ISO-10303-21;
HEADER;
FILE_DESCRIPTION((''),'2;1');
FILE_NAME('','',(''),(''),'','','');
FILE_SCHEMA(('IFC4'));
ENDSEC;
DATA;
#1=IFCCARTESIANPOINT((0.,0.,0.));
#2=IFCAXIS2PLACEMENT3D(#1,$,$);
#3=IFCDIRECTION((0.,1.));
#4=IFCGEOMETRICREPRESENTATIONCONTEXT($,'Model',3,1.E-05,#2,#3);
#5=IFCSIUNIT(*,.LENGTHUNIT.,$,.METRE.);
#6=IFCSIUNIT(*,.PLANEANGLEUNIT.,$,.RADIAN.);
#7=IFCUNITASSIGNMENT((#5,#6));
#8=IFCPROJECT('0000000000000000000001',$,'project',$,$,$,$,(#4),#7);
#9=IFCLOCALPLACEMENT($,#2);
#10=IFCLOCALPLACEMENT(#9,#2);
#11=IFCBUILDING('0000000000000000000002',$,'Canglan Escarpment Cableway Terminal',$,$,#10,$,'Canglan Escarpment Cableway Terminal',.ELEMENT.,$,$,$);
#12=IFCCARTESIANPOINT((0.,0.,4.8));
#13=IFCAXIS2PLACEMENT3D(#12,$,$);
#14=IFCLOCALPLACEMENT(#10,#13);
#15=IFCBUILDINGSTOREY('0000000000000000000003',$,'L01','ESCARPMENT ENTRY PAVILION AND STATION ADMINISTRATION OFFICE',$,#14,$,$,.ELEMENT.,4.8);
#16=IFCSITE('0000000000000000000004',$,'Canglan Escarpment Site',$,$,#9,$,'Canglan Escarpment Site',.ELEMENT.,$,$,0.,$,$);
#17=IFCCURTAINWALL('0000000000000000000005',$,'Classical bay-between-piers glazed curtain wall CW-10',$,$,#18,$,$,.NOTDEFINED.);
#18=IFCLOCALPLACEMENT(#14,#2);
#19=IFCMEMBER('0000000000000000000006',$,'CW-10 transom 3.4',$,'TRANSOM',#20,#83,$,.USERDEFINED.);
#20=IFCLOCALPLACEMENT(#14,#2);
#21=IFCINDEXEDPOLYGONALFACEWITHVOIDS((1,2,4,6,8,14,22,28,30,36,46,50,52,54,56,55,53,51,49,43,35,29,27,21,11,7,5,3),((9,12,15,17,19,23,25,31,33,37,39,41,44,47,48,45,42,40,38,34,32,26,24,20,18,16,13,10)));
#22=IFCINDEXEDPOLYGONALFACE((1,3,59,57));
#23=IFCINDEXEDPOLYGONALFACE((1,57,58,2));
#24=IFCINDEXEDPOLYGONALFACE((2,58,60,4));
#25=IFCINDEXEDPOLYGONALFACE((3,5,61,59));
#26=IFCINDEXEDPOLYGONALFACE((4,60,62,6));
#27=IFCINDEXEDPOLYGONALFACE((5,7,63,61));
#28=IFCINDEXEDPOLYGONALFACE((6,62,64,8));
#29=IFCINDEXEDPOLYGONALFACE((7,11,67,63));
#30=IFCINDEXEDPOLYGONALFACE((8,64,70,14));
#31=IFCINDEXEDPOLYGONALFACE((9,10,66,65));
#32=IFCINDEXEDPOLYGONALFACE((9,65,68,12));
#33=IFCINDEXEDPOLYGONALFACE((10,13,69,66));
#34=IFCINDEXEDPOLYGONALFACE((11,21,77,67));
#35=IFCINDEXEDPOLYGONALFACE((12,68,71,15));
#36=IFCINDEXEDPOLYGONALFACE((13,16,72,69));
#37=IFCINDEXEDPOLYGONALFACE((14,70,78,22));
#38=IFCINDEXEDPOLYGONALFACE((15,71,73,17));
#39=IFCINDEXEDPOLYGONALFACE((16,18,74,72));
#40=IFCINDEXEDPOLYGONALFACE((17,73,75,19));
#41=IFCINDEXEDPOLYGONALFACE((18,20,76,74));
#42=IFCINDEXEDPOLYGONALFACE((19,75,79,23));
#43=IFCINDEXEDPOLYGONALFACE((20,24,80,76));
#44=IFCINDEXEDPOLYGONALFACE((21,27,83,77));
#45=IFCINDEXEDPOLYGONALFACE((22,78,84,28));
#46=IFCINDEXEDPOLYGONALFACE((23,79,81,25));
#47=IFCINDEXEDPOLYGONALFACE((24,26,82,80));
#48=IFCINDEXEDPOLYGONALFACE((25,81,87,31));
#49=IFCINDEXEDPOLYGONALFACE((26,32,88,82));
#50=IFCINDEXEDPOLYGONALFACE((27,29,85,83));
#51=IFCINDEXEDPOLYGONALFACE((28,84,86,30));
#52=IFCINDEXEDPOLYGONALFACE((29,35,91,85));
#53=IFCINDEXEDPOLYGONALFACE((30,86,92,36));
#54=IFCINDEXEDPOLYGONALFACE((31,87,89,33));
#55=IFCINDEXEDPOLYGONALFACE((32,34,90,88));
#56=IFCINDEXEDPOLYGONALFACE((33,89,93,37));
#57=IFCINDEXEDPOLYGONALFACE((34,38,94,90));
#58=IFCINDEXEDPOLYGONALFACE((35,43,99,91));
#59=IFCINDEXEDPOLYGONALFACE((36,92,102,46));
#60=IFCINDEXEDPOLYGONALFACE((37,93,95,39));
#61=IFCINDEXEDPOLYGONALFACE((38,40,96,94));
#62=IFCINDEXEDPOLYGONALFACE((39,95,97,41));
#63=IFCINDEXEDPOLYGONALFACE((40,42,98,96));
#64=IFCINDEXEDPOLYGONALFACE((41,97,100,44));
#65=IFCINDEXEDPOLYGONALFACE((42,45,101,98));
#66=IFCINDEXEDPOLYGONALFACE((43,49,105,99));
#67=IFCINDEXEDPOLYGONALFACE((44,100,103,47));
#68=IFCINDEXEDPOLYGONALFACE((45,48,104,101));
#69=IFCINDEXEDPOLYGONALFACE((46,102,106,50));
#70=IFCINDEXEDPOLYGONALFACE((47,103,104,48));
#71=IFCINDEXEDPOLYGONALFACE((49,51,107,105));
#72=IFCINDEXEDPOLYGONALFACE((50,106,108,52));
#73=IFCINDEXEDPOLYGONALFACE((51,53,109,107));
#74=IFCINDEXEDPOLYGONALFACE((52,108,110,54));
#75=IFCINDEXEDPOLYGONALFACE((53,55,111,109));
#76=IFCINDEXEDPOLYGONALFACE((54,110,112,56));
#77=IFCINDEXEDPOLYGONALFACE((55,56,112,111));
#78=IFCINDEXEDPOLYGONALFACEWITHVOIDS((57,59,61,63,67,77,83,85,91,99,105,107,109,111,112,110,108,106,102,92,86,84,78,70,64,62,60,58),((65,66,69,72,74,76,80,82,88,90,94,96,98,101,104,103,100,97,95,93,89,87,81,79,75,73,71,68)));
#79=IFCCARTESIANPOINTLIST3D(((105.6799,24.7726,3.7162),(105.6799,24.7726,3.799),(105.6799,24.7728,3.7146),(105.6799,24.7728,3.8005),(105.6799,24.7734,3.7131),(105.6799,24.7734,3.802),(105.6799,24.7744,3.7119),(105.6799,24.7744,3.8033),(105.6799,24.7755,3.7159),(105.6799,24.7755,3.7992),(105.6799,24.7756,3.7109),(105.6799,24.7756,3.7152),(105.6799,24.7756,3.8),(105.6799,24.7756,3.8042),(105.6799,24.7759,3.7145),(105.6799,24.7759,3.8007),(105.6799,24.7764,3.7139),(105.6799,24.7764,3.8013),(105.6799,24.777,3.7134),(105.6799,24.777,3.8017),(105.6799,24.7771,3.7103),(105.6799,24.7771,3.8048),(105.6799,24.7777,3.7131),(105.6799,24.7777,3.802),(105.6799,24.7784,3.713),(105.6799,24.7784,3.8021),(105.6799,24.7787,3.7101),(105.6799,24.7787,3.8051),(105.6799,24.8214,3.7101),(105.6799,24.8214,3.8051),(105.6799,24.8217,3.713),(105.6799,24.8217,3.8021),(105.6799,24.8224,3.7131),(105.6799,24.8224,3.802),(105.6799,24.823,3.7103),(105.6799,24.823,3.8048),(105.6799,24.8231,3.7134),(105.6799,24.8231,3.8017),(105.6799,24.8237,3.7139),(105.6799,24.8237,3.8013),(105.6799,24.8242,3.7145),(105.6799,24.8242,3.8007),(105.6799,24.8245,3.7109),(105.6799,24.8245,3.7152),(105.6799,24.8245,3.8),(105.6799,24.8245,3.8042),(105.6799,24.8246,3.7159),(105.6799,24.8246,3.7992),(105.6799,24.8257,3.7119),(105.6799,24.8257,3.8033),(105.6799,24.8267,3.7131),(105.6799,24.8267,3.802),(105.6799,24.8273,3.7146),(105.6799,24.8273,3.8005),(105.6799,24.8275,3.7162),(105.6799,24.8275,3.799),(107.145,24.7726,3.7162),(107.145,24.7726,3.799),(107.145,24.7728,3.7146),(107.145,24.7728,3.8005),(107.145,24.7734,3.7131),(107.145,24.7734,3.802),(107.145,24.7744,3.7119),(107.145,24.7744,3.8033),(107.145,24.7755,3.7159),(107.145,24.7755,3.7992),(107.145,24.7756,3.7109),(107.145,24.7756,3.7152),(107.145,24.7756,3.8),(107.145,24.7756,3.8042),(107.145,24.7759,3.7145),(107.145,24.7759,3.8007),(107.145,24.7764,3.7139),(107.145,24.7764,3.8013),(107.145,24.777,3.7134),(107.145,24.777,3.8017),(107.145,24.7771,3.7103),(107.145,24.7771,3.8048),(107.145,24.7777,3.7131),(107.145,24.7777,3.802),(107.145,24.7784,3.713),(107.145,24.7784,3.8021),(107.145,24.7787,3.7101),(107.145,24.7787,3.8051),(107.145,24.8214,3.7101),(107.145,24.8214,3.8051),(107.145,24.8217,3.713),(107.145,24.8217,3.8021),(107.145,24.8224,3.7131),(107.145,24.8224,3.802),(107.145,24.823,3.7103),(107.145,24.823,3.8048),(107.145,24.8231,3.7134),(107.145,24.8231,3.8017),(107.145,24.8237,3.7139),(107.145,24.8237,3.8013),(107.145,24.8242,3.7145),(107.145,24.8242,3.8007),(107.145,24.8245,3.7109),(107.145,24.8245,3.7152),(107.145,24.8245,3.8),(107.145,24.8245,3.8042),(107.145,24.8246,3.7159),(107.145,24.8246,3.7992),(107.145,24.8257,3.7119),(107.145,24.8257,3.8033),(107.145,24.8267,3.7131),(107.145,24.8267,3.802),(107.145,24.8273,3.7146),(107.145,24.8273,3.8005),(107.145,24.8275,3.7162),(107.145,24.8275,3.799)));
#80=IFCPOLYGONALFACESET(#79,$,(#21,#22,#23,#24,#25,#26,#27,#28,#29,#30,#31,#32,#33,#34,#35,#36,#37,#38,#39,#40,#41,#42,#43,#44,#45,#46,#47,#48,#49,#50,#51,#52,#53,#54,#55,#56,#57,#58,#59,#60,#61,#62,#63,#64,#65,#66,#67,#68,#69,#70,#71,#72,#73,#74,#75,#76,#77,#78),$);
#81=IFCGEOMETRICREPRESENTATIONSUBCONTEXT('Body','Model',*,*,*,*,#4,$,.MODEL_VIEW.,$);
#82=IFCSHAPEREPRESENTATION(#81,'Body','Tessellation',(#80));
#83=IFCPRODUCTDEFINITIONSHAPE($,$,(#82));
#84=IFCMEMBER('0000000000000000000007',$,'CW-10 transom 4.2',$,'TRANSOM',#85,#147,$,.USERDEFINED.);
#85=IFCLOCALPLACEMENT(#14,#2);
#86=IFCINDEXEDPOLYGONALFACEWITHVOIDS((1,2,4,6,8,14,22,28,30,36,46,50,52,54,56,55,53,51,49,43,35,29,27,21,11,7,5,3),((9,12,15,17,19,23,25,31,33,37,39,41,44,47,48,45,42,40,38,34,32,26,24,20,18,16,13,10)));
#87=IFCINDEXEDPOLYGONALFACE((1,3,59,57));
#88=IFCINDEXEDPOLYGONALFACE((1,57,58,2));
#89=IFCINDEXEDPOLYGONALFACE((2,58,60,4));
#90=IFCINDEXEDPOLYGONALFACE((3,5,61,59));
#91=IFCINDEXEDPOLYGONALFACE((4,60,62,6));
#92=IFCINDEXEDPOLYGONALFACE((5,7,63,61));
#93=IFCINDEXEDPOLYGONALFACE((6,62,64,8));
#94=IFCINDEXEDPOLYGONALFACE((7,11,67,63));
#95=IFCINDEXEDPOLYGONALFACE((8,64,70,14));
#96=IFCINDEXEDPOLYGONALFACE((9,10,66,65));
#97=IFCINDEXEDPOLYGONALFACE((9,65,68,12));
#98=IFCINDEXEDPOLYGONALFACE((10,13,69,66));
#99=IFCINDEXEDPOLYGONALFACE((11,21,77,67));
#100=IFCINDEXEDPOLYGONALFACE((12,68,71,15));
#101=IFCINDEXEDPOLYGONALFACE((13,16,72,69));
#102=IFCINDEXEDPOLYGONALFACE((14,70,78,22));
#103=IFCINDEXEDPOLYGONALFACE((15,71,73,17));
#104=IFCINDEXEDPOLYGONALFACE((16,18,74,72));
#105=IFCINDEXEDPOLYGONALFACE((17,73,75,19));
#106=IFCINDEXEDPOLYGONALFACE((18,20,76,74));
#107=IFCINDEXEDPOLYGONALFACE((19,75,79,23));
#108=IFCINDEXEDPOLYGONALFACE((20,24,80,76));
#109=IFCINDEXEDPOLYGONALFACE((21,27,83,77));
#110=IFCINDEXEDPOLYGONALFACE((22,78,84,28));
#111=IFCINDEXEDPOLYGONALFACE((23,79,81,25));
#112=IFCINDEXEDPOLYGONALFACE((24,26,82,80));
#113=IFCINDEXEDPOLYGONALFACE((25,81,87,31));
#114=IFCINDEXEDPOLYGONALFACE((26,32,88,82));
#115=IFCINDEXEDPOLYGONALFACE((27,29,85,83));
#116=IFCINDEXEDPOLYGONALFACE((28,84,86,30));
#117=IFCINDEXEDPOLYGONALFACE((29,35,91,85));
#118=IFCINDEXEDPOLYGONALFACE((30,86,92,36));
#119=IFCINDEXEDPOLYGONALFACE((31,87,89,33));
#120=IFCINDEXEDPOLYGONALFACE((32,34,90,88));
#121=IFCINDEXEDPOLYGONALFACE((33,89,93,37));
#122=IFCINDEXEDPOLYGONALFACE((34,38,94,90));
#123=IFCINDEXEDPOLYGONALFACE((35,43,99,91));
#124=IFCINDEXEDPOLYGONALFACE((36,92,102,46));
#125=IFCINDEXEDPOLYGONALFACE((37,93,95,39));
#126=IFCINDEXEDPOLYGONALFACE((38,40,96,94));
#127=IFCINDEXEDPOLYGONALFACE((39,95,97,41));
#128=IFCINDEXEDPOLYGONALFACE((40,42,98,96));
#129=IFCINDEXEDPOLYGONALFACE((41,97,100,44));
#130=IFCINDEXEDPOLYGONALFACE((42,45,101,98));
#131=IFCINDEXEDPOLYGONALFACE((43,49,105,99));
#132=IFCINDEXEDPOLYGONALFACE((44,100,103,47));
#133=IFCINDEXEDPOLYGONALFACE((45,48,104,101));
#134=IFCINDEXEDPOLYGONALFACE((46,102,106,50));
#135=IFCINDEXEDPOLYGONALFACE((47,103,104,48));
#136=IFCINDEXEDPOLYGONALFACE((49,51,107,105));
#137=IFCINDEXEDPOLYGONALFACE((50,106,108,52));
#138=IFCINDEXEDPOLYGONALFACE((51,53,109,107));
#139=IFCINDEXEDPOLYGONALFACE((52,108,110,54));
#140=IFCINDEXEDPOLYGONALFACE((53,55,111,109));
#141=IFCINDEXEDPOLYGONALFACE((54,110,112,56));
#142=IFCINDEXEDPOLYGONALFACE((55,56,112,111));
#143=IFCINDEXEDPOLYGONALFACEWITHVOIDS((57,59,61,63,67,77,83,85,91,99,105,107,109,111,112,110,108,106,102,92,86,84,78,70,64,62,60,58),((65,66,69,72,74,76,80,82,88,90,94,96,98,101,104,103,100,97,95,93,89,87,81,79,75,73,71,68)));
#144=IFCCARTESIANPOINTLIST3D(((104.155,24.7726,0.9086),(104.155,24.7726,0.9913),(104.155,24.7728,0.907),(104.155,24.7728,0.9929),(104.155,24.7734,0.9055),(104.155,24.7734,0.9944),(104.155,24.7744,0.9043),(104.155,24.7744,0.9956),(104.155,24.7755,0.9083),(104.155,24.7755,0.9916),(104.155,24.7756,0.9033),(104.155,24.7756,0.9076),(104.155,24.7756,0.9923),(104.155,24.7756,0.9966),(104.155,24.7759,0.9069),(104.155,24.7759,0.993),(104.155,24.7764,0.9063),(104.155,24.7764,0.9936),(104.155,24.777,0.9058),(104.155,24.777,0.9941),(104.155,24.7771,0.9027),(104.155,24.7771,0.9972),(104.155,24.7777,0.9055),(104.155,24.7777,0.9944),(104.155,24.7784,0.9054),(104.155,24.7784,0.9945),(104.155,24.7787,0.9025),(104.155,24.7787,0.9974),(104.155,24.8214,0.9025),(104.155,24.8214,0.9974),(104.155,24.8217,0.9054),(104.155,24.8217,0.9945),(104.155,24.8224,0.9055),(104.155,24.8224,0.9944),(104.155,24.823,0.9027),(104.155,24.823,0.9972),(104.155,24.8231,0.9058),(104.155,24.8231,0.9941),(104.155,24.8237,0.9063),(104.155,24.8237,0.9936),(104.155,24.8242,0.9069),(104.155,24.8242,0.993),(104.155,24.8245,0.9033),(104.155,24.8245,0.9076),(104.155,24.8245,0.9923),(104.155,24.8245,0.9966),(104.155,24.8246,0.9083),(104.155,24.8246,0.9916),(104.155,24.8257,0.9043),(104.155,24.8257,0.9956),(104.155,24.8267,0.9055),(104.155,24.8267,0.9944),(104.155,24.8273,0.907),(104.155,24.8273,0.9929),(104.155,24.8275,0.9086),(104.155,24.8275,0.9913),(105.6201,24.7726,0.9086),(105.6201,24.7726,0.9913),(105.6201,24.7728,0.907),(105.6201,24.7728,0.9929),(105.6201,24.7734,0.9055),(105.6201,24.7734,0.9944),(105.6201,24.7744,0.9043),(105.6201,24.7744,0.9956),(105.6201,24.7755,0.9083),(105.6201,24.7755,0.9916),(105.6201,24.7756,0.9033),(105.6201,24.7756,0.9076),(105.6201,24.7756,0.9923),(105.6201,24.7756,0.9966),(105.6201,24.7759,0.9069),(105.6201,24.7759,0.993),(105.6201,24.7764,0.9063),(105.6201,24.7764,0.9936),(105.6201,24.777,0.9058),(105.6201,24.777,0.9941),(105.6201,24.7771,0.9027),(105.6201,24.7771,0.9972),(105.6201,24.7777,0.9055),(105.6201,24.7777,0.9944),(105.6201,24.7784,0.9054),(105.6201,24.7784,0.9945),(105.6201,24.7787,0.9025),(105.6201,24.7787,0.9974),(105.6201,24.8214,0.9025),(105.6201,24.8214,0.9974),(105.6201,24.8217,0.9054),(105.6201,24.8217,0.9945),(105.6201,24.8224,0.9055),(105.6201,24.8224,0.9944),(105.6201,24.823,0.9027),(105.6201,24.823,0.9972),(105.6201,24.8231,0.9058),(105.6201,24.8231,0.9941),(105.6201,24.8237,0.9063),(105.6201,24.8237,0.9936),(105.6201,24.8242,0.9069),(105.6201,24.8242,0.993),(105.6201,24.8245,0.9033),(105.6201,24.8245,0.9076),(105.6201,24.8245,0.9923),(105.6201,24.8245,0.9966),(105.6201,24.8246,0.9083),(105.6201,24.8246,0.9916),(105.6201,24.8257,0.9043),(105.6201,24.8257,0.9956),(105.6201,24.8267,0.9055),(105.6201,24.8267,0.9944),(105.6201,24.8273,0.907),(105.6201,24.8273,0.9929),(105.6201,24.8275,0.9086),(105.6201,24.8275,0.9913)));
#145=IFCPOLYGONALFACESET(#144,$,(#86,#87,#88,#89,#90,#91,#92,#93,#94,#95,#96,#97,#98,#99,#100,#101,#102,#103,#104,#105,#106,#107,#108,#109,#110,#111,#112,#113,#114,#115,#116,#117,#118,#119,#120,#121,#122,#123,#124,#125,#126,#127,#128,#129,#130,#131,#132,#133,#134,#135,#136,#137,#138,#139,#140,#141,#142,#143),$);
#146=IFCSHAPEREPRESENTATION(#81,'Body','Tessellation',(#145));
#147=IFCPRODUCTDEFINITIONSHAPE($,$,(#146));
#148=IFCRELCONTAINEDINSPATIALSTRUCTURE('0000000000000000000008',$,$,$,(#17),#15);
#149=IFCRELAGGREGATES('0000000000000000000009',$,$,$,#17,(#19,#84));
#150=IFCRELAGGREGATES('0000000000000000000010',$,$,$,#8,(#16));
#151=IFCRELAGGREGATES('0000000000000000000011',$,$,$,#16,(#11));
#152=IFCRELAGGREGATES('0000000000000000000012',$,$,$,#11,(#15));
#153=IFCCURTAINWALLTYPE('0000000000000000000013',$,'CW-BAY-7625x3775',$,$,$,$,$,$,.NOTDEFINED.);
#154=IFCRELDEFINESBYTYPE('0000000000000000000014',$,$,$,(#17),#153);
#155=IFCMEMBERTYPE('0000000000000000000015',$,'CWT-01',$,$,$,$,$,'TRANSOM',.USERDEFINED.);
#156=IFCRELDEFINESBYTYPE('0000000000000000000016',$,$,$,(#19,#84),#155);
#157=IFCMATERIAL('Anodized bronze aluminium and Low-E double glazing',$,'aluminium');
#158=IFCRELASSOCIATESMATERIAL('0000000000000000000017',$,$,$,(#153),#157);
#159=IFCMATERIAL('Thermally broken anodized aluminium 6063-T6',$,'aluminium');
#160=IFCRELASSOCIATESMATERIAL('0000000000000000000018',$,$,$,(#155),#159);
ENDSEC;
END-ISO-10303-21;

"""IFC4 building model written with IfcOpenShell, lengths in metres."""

from ifc_helpers import new_model, si_unit, direction, frame, origin, origin_2d, place, context, subcontext, project, spatial, hollow_rectangle, extrude, material, material_profile, profile_set, type_object, element, aggregate, save


model = new_model("IFC4")

# Units and contexts
model_context = context("Model", 3, precision=1e-05, world=origin(), true_north=direction((0.0, 1.0)))
body_context = subcontext(model_context, "Body", "Model", "MODEL_VIEW")
ifc_project = project(units=[si_unit("LENGTHUNIT", "METRE"), si_unit("PLANEANGLEUNIT", "RADIAN")], contexts=[model_context])

# Site, building, storey
site_placement = place(None, origin())
site = spatial("IfcSite", under=ifc_project, at=site_placement, Name="Canglan Escarpment Site", LongName="Canglan Escarpment Site", CompositionType="ELEMENT", RefElevation=0.0)
building_placement = place(site_placement, origin())
building = spatial("IfcBuilding", under=site, at=building_placement, Name="Canglan Escarpment Cableway Terminal", LongName="Canglan Escarpment Cableway Terminal", CompositionType="ELEMENT")
storey_placement = place(building_placement, frame((0.0, 0.0, 4.8)))
storey = spatial("IfcBuildingStorey", under=building, at=storey_placement, Name="L01", Description="ESCARPMENT ENTRY PAVILION AND STATION ADMINISTRATION OFFICE", CompositionType="ELEMENT", Elevation=4.8)

# Curtain wall, members
ifc_material_1 = material(Name="Anodized bronze aluminium and Low-E double glazing", Category="aluminium")
curtain_wall_type_1 = type_object("IfcCurtainWallType", Name="CW-BAY-7625x3775", PredefinedType="NOTDEFINED", material=ifc_material_1)
curtain_wall_1_placement = place(storey_placement, origin())
curtain_wall_1 = element("IfcCurtainWall", 1, at=curtain_wall_1_placement, inside=storey, type_object=curtain_wall_type_1, Name="Classical bay-between-piers glazed curtain wall CW-10", PredefinedType="NOTDEFINED")
ifc_material_2 = material(Name="Thermally broken anodized aluminium 6063-T6", Category="aluminium")
ifc_material_profile_1 = material_profile(ifc_material_2, hollow_rectangle(XDim=0.0549, YDim=0.095, WallThickness=0.0029, InnerFilletRadius=0.0029, OuterFilletRadius=0.0061, at=origin_2d()), Name="ALU-TRAN 55x95x3")
ifc_profile_set_1 = profile_set([ifc_material_profile_1], Name="Thermally broken anodized aluminium 6063-T6")
member_type_1 = type_object("IfcMemberType", Name="CWT-01", ElementType="TRANSOM", PredefinedType="USERDEFINED", material=ifc_profile_set_1)
member_1_placement = place(storey_placement, frame((107.145, 24.8, 3.7576), z_axis=(-1.0, 0.0, 0.0), x_axis=(0.0, -1.0, 0.0)))
member_1 = element("IfcMember", 2, at=member_1_placement, type_object=member_type_1, Name="CW-10 transom 3.4", ObjectType="TRANSOM", PredefinedType="USERDEFINED", context=body_context, shape_type="SweptSolid", body=[
    extrude(hollow_rectangle(XDim=0.0549, YDim=0.095, WallThickness=0.0029, InnerFilletRadius=0.0029, OuterFilletRadius=0.0061, at=origin_2d()), origin(), (0.0, 0.0, 1.0), 1.4651),
])
member_2_placement = place(storey_placement, frame((105.6201, 24.8, 0.95), z_axis=(-1.0, 0.0, 0.0), x_axis=(0.0, -1.0, 0.0)))
member_2 = element("IfcMember", 3, at=member_2_placement, type_object=member_type_1, Name="CW-10 transom 4.2", ObjectType="TRANSOM", PredefinedType="USERDEFINED", context=body_context, shape_type="SweptSolid", body=[
    extrude(hollow_rectangle(XDim=0.0549, YDim=0.095, WallThickness=0.0029, InnerFilletRadius=0.0029, OuterFilletRadius=0.0061, at=origin_2d()), origin(), (0.0, 0.0, 1.0), 1.4651),
])

aggregate(curtain_wall_1, [member_1, member_2])

save(model, "model.ifc")
